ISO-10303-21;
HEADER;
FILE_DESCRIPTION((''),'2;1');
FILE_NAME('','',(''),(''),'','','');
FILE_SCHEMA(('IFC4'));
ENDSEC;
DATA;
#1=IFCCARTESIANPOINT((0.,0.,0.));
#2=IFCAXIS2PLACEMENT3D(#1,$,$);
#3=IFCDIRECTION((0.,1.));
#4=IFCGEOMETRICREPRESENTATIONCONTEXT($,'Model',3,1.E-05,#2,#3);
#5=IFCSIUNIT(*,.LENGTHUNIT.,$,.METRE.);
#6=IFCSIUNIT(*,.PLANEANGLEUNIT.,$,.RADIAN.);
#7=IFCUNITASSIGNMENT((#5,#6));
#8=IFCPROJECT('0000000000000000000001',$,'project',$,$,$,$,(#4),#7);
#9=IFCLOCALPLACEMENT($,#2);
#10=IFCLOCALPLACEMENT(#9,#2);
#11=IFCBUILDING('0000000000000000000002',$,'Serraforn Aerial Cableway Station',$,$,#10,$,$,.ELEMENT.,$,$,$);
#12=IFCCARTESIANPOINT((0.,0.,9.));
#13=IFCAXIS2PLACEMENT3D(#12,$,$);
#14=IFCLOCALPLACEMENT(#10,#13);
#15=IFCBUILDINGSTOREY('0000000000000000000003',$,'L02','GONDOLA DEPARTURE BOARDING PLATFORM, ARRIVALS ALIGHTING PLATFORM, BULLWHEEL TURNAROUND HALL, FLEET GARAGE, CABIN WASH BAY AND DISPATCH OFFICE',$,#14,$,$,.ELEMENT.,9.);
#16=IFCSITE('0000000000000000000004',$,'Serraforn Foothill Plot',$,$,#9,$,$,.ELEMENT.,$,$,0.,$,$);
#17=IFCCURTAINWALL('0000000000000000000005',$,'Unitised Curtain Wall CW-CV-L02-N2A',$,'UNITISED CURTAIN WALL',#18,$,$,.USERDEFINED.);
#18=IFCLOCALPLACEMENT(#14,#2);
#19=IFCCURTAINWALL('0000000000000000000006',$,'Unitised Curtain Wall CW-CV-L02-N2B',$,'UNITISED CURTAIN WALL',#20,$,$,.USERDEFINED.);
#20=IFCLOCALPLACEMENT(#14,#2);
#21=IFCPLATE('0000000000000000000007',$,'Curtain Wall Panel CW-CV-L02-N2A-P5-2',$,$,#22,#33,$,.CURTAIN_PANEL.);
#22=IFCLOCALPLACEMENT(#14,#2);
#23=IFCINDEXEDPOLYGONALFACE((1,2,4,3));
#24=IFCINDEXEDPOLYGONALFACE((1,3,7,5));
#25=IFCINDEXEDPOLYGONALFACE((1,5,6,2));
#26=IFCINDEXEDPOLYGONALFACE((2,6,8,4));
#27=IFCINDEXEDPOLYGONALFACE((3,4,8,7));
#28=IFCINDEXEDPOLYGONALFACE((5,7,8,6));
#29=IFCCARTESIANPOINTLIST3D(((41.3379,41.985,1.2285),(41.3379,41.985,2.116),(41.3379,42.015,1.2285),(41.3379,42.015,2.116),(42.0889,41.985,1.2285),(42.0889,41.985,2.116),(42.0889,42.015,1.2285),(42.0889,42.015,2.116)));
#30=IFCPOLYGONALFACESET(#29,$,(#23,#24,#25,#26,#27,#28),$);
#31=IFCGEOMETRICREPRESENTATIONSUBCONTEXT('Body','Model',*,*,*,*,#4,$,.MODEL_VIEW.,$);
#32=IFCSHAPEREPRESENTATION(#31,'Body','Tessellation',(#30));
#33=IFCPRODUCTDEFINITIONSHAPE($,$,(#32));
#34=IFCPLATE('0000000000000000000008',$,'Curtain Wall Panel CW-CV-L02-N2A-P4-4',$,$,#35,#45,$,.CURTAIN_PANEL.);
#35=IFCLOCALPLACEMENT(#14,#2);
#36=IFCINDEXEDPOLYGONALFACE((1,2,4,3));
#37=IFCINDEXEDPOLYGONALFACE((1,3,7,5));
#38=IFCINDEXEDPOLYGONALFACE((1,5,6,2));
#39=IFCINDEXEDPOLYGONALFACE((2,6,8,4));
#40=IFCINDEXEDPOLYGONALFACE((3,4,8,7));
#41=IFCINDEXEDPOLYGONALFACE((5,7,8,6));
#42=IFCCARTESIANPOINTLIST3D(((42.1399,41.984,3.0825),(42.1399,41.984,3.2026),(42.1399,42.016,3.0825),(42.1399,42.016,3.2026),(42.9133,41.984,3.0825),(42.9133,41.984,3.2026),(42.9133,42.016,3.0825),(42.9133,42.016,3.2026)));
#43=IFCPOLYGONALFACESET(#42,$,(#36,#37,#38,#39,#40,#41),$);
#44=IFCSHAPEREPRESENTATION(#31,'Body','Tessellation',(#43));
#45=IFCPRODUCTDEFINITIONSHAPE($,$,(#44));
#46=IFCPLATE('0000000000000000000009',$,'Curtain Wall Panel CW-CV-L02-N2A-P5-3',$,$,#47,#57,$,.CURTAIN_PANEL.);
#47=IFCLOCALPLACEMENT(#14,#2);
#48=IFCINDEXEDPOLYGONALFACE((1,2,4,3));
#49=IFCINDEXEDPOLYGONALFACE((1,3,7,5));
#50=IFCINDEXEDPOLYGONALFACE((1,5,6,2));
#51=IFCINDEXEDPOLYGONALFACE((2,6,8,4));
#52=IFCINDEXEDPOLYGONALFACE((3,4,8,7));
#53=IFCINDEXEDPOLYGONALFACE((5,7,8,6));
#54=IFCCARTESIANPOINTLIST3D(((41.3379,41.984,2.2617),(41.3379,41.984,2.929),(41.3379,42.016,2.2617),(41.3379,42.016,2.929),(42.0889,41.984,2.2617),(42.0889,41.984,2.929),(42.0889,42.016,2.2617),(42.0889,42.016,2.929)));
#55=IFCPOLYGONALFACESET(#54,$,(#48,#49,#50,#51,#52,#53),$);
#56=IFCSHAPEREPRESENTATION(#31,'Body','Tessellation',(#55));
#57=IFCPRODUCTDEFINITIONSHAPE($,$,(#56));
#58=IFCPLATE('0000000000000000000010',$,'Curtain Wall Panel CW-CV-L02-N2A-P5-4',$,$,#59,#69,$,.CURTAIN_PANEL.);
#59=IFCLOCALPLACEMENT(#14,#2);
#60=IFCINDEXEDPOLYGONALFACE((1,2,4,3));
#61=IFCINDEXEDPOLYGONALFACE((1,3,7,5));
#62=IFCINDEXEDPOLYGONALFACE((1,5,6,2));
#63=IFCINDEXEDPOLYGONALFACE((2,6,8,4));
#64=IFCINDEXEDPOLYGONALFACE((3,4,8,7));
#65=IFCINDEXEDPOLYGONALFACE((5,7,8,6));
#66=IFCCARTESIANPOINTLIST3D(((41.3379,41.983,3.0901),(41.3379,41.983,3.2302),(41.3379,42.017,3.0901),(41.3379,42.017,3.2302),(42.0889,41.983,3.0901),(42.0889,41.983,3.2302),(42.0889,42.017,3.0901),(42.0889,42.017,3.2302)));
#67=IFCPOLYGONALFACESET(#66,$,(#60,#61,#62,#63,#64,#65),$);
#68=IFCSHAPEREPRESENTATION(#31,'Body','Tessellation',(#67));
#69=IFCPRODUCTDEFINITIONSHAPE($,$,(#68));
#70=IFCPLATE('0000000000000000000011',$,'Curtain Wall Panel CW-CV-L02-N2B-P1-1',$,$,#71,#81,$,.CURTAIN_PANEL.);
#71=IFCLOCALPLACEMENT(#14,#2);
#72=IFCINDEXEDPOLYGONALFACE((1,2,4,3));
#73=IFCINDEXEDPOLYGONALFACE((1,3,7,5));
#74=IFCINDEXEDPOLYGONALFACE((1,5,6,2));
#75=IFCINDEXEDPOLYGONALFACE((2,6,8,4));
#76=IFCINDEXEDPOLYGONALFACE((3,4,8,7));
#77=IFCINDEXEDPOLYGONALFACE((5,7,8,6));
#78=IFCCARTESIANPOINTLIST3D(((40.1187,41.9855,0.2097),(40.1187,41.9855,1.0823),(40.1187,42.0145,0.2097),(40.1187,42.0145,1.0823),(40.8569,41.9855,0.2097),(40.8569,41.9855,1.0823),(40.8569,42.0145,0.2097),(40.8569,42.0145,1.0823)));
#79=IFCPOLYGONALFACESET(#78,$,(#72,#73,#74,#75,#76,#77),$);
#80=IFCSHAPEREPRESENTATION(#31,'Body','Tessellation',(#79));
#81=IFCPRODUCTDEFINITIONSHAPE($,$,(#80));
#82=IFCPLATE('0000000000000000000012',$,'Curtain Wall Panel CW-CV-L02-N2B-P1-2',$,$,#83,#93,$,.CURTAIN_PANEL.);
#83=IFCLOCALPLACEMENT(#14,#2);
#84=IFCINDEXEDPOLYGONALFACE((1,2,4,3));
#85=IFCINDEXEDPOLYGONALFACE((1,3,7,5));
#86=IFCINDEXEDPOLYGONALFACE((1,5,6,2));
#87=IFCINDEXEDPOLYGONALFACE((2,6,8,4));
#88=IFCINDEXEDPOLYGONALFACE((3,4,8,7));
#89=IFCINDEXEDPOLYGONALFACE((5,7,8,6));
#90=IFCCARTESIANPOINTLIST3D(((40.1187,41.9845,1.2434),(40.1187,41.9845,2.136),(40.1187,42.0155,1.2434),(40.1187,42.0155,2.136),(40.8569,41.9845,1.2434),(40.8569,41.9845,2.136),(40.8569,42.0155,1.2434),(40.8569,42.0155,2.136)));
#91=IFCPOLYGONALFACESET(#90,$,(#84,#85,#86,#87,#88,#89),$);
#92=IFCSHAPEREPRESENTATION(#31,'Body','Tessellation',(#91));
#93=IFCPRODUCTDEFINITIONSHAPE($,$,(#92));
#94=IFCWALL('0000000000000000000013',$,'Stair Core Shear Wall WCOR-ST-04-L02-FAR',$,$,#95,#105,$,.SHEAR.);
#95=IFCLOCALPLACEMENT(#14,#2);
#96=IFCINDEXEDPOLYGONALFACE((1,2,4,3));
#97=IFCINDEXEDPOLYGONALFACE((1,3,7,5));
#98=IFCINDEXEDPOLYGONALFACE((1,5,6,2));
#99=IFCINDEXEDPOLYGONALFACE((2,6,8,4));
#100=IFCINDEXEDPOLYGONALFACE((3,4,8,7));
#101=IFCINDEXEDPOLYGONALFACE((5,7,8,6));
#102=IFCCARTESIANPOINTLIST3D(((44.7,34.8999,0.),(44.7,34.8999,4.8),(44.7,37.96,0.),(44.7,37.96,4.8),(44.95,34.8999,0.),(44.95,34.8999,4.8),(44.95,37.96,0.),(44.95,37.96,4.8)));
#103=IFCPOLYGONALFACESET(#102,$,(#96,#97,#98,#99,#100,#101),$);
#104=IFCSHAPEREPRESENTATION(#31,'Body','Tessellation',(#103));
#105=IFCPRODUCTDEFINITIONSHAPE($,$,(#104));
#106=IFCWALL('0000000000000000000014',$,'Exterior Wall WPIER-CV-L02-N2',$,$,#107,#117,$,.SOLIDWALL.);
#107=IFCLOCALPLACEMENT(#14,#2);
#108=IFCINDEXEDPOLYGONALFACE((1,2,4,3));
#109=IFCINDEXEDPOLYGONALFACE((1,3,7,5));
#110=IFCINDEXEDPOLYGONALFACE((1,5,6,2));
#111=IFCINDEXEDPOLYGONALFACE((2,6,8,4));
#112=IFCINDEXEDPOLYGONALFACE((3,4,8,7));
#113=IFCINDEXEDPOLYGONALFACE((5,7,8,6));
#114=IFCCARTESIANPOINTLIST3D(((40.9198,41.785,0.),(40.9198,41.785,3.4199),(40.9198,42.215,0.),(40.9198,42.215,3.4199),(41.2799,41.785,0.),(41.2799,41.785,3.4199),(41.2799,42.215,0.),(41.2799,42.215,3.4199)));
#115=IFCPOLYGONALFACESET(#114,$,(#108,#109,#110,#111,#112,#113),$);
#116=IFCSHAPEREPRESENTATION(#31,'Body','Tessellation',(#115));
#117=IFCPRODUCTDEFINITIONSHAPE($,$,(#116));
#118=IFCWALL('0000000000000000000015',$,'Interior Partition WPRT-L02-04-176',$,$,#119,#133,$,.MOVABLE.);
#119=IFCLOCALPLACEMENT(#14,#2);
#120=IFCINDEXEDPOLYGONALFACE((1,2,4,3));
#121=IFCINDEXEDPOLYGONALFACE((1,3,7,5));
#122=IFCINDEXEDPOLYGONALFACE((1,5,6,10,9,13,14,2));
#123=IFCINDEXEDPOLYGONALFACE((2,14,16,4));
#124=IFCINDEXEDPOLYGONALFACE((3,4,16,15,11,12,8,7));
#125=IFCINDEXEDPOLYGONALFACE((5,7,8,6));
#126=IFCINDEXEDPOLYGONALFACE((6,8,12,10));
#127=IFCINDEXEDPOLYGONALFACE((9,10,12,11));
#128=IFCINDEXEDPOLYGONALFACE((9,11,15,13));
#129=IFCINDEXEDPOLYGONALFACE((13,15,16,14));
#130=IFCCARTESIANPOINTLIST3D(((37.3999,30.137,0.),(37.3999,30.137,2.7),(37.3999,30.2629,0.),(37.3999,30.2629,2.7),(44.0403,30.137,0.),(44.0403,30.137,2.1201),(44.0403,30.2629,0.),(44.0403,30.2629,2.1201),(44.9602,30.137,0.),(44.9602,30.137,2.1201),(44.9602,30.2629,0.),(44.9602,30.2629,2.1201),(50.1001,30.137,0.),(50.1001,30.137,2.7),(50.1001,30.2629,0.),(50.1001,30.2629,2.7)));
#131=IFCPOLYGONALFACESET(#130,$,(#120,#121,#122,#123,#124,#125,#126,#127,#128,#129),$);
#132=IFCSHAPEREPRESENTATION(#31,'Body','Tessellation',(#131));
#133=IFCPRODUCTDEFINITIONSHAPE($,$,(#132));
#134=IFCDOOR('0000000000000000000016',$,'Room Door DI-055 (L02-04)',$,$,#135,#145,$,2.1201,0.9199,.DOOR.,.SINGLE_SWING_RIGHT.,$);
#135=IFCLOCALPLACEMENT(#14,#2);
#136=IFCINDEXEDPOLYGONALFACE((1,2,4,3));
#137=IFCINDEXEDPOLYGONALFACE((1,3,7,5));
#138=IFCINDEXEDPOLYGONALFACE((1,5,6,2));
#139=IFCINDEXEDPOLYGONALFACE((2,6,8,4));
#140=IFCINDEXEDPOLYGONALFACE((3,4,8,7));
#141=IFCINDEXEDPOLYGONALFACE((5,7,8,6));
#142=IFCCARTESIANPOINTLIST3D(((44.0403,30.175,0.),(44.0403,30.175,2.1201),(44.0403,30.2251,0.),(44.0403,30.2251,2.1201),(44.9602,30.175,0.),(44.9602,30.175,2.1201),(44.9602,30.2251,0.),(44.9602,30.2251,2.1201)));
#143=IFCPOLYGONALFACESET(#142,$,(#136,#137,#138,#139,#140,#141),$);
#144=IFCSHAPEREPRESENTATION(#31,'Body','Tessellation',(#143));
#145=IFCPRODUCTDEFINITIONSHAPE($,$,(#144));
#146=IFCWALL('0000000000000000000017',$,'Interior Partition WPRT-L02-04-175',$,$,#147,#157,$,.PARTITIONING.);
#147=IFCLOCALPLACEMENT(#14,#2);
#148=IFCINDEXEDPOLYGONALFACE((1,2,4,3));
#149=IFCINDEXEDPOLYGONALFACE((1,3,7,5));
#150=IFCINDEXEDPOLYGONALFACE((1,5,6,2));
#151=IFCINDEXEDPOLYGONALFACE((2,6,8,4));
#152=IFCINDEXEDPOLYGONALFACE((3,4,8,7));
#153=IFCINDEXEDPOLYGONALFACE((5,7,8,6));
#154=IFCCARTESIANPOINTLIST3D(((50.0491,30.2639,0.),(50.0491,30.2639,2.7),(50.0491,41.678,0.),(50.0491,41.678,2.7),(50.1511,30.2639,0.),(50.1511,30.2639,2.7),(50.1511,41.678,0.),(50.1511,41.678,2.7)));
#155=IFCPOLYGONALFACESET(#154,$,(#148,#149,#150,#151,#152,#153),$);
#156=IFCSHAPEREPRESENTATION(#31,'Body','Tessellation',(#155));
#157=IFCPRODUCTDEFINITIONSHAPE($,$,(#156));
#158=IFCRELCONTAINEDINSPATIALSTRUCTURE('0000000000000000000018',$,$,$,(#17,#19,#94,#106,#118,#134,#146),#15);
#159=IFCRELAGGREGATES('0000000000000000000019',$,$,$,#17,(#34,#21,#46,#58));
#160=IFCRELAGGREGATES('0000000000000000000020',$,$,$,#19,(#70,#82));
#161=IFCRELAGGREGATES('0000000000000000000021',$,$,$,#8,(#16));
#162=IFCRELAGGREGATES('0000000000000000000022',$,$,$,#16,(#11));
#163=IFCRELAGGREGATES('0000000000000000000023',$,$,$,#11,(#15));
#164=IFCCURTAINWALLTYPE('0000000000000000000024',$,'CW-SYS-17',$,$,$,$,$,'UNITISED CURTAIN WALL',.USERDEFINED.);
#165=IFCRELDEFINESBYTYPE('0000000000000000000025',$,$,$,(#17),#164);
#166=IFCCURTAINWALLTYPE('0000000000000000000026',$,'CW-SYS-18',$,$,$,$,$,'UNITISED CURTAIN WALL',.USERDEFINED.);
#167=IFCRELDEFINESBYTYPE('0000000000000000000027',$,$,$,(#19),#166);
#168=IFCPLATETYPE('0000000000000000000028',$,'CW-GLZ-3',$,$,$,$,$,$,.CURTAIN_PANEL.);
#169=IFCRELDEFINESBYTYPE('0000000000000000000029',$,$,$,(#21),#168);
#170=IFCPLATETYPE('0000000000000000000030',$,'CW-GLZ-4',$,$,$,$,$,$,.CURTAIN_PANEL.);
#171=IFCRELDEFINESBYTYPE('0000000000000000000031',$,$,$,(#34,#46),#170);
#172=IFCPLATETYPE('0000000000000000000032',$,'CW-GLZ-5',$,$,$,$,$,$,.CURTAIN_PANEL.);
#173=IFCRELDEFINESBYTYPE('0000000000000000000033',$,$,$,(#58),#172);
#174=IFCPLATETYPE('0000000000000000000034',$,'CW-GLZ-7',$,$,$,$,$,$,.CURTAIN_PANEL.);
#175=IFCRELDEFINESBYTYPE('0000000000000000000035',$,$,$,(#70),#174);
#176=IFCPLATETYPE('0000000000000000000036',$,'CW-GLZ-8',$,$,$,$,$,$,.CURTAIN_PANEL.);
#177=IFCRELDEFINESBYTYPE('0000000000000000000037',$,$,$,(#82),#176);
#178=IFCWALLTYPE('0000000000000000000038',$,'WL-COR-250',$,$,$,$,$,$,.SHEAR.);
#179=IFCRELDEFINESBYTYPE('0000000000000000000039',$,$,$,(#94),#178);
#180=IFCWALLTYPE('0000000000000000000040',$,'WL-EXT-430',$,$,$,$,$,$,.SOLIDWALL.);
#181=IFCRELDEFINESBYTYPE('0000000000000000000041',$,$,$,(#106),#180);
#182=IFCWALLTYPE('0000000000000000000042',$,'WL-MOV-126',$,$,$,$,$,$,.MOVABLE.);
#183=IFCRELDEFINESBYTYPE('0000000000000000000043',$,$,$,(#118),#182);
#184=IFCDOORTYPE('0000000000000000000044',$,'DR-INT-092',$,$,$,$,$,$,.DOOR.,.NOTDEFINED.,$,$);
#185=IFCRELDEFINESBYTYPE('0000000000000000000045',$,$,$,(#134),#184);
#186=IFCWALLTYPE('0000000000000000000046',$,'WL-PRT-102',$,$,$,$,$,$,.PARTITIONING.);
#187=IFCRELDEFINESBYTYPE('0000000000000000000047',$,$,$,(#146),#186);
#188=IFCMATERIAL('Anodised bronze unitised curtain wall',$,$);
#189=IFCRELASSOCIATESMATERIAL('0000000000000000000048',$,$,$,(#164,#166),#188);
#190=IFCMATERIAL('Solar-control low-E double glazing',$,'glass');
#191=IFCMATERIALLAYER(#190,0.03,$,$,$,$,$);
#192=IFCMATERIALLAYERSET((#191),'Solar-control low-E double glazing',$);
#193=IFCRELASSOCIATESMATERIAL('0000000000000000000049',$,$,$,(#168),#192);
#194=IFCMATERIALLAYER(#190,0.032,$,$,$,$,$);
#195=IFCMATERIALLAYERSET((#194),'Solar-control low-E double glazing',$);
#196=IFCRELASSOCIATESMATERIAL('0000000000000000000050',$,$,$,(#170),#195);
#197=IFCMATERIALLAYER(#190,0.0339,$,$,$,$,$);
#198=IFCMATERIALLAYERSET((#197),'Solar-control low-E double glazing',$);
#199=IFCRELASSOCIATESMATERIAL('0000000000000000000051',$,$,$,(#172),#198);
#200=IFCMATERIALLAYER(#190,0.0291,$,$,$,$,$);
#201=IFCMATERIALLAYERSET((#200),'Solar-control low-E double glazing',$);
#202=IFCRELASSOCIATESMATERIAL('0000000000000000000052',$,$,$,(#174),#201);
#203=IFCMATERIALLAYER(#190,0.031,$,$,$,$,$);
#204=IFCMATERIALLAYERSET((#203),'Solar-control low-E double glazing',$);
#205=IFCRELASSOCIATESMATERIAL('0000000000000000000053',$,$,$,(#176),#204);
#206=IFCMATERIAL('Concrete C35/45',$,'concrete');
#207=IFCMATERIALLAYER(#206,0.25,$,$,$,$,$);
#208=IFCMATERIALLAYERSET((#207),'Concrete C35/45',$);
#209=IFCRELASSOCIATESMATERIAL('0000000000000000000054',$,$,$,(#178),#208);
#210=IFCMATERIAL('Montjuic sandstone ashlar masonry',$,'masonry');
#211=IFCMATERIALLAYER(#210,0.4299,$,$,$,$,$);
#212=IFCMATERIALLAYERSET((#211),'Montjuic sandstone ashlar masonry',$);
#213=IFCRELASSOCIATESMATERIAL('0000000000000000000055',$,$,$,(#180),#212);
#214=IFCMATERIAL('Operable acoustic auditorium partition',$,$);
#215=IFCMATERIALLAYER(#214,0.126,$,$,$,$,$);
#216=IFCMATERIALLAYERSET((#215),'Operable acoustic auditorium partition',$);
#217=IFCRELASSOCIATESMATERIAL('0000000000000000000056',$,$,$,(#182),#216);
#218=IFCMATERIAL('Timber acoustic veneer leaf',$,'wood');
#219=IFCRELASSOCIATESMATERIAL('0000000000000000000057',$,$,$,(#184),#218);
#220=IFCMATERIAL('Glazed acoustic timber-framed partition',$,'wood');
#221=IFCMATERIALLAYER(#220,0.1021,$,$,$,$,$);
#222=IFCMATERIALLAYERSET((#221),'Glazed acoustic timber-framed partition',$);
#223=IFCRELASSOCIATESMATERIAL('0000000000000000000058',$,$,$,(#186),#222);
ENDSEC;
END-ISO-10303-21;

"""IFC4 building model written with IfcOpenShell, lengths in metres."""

from ifc_helpers import new_model, si_unit, direction, frame, frame_2d, origin, origin_2d, place, context, subcontext, project, spatial, rectangle, extrude, material, layer, layer_set, type_object, element, fill, aggregate, save


model = new_model("IFC4")

# Units and contexts
model_context = context("Model", 3, precision=1e-05, world=origin(), true_north=direction((0.0, 1.0)))
body_context = subcontext(model_context, "Body", "Model", "MODEL_VIEW")
ifc_project = project(units=[si_unit("LENGTHUNIT", "METRE"), si_unit("PLANEANGLEUNIT", "RADIAN")], contexts=[model_context])

# Site, building, storey
site_placement = place(None, origin())
site = spatial("IfcSite", under=ifc_project, at=site_placement, Name="Serraforn Foothill Plot", CompositionType="ELEMENT", RefElevation=0.0)
building_placement = place(site_placement, origin())
building = spatial("IfcBuilding", under=site, at=building_placement, Name="Serraforn Aerial Cableway Station", CompositionType="ELEMENT")
storey_placement = place(building_placement, frame((0.0, 0.0, 9.0)))
storey = spatial("IfcBuildingStorey", under=building, at=storey_placement, Name="L02", Description="GONDOLA DEPARTURE BOARDING PLATFORM, ARRIVALS ALIGHTING PLATFORM, BULLWHEEL TURNAROUND HALL, FLEET GARAGE, CABIN WASH BAY AND DISPATCH OFFICE", CompositionType="ELEMENT", Elevation=9.0)

# Shared definitions
ifc_material_1 = material(Name="Concrete C35/45", Category="concrete")

# Curtain wall
ifc_material_2 = material(Name="Anodised bronze unitised curtain wall")
curtain_wall_type_1 = type_object("IfcCurtainWallType", Name="CW-SYS-17", ElementType="UNITISED CURTAIN WALL", PredefinedType="USERDEFINED", material=ifc_material_2)
curtain_wall_1_placement = place(storey_placement, origin())
curtain_wall_1 = element("IfcCurtainWall", 1, at=curtain_wall_1_placement, inside=storey, type_object=curtain_wall_type_1, Name="Unitised Curtain Wall CW-CV-L02-N2A", ObjectType="UNITISED CURTAIN WALL", PredefinedType="USERDEFINED")

# Curtain wall
curtain_wall_type_2 = type_object("IfcCurtainWallType", Name="CW-SYS-18", ElementType="UNITISED CURTAIN WALL", PredefinedType="USERDEFINED", material=ifc_material_2)
curtain_wall_2_placement = place(storey_placement, origin())
curtain_wall_2 = element("IfcCurtainWall", 2, at=curtain_wall_2_placement, inside=storey, type_object=curtain_wall_type_2, Name="Unitised Curtain Wall CW-CV-L02-N2B", ObjectType="UNITISED CURTAIN WALL", PredefinedType="USERDEFINED")

# Plates
ifc_material_3 = material(Name="Solar-control low-E double glazing", Category="glass")
ifc_layer_1 = layer(ifc_material_3, 0.03)
ifc_layer_set_1 = layer_set([ifc_layer_1], Name="Solar-control low-E double glazing")
plate_type_1 = type_object("IfcPlateType", Name="CW-GLZ-3", PredefinedType="CURTAIN_PANEL", material=ifc_layer_set_1)
plate_1_placement = place(storey_placement, frame((41.7134, 42.0, 1.2285), z_axis=(0.0, 0.0, 1.0), x_axis=(1.0, 0.0, 0.0)))
plate_1 = element("IfcPlate", 3, at=plate_1_placement, type_object=plate_type_1, Name="Curtain Wall Panel CW-CV-L02-N2A-P5-2", PredefinedType="CURTAIN_PANEL", context=body_context, shape_type="SweptSolid", body=[
    extrude(rectangle(XDim=0.751, YDim=0.03, at=origin_2d()), origin(), (0.0, 0.0, 1.0), 0.8875),
])
ifc_layer_2 = layer(ifc_material_3, 0.032)
ifc_layer_set_2 = layer_set([ifc_layer_2], Name="Solar-control low-E double glazing")
plate_type_2 = type_object("IfcPlateType", Name="CW-GLZ-4", PredefinedType="CURTAIN_PANEL", material=ifc_layer_set_2)
plate_2_placement = place(storey_placement, frame((42.5266, 42.0, 3.0825), z_axis=(0.0, 0.0, 1.0), x_axis=(1.0, 0.0, 0.0)))
plate_2 = element("IfcPlate", 4, at=plate_2_placement, type_object=plate_type_2, Name="Curtain Wall Panel CW-CV-L02-N2A-P4-4", PredefinedType="CURTAIN_PANEL", context=body_context, shape_type="SweptSolid", body=[
    extrude(rectangle(XDim=0.7734, YDim=0.032, at=origin_2d()), origin(), (0.0, 0.0, 1.0), 0.1201),
])
plate_3_placement = place(storey_placement, frame((41.7134, 42.0, 2.2617), z_axis=(0.0, 0.0, 1.0), x_axis=(1.0, 0.0, 0.0)))
plate_3 = element("IfcPlate", 5, at=plate_3_placement, type_object=plate_type_2, Name="Curtain Wall Panel CW-CV-L02-N2A-P5-3", PredefinedType="CURTAIN_PANEL", context=body_context, shape_type="SweptSolid", body=[
    extrude(rectangle(XDim=0.751, YDim=0.032, at=origin_2d()), origin(), (0.0, 0.0, 1.0), 0.6672),
])
ifc_layer_3 = layer(ifc_material_3, 0.0339)
ifc_layer_set_3 = layer_set([ifc_layer_3], Name="Solar-control low-E double glazing")
plate_type_3 = type_object("IfcPlateType", Name="CW-GLZ-5", PredefinedType="CURTAIN_PANEL", material=ifc_layer_set_3)
plate_4_placement = place(storey_placement, frame((41.7134, 42.0, 3.0901), z_axis=(0.0, 0.0, 1.0), x_axis=(1.0, 0.0, 0.0)))
plate_4 = element("IfcPlate", 6, at=plate_4_placement, type_object=plate_type_3, Name="Curtain Wall Panel CW-CV-L02-N2A-P5-4", PredefinedType="CURTAIN_PANEL", context=body_context, shape_type="SweptSolid", body=[
    extrude(rectangle(XDim=0.751, YDim=0.0339, at=origin_2d()), origin(), (0.0, 0.0, 1.0), 0.1401),
])
aggregate(curtain_wall_1, [plate_2, plate_1, plate_3, plate_4])
ifc_layer_4 = layer(ifc_material_3, 0.0291)
ifc_layer_set_4 = layer_set([ifc_layer_4], Name="Solar-control low-E double glazing")
plate_type_4 = type_object("IfcPlateType", Name="CW-GLZ-7", PredefinedType="CURTAIN_PANEL", material=ifc_layer_set_4)
plate_5_placement = place(storey_placement, frame((40.4878, 42.0, 0.2097), z_axis=(0.0, 0.0, 1.0), x_axis=(1.0, 0.0, 0.0)))
plate_5 = element("IfcPlate", 7, at=plate_5_placement, type_object=plate_type_4, Name="Curtain Wall Panel CW-CV-L02-N2B-P1-1", PredefinedType="CURTAIN_PANEL", context=body_context, shape_type="SweptSolid", body=[
    extrude(rectangle(XDim=0.7383, YDim=0.0291, at=origin_2d()), origin(), (0.0, 0.0, 1.0), 0.8726),
])
ifc_layer_5 = layer(ifc_material_3, 0.031)
ifc_layer_set_5 = layer_set([ifc_layer_5], Name="Solar-control low-E double glazing")
plate_type_5 = type_object("IfcPlateType", Name="CW-GLZ-8", PredefinedType="CURTAIN_PANEL", material=ifc_layer_set_5)
plate_6_placement = place(storey_placement, frame((40.4878, 42.0, 1.2434), z_axis=(0.0, 0.0, 1.0), x_axis=(1.0, 0.0, 0.0)))
plate_6 = element("IfcPlate", 8, at=plate_6_placement, type_object=plate_type_5, Name="Curtain Wall Panel CW-CV-L02-N2B-P1-2", PredefinedType="CURTAIN_PANEL", context=body_context, shape_type="SweptSolid", body=[
    extrude(rectangle(XDim=0.7383, YDim=0.031, at=origin_2d()), origin(), (0.0, 0.0, 1.0), 0.8926),
])
aggregate(curtain_wall_2, [plate_5, plate_6])

# Walls
ifc_layer_6 = layer(ifc_material_1, 0.25)
ifc_layer_set_6 = layer_set([ifc_layer_6], Name="Concrete C35/45")
wall_type_1 = type_object("IfcWallType", Name="WL-COR-250", PredefinedType="SHEAR", material=ifc_layer_set_6)
wall_1_placement = place(storey_placement, frame((44.825, 34.8999, 0.0), z_axis=(0.0, 0.0, 1.0), x_axis=(0.0, 1.0, 0.0)))
element("IfcWall", 9, at=wall_1_placement, inside=storey, type_object=wall_type_1, Name="Stair Core Shear Wall WCOR-ST-04-L02-FAR", PredefinedType="SHEAR", context=body_context, shape_type="SweptSolid", body=[
    extrude(rectangle(XDim=3.0601, YDim=0.25, at=frame_2d((1.53, 0.0))), origin(), (0.0, 0.0, 1.0), 4.8),
])
ifc_material_4 = material(Name="Montjuic sandstone ashlar masonry", Category="masonry")
ifc_layer_7 = layer(ifc_material_4, 0.4299)
ifc_layer_set_7 = layer_set([ifc_layer_7], Name="Montjuic sandstone ashlar masonry")
wall_type_2 = type_object("IfcWallType", Name="WL-EXT-430", PredefinedType="SOLIDWALL", material=ifc_layer_set_7)
wall_2_placement = place(storey_placement, frame((41.28, 42.0, 0.0), z_axis=(0.0, 0.0, 1.0), x_axis=(-1.0, 0.0, 0.0)))
element("IfcWall", 10, at=wall_2_placement, inside=storey, type_object=wall_type_2, Name="Exterior Wall WPIER-CV-L02-N2", PredefinedType="SOLIDWALL", context=body_context, shape_type="SweptSolid", body=[
    extrude(rectangle(XDim=0.3601, YDim=0.4299, at=frame_2d((0.1802, 0.0))), origin(), (0.0, 0.0, 1.0), 3.4199),
])

# Wall, opening, door
ifc_material_5 = material(Name="Operable acoustic auditorium partition")
ifc_layer_8 = layer(ifc_material_5, 0.126)
ifc_layer_set_8 = layer_set([ifc_layer_8], Name="Operable acoustic auditorium partition")
wall_type_3 = type_object("IfcWallType", Name="WL-MOV-126", PredefinedType="MOVABLE", material=ifc_layer_set_8)
wall_3_placement = place(storey_placement, frame((50.1001, 30.2, 0.0), z_axis=(0.0, 0.0, 1.0), x_axis=(-1.0, 0.0, 0.0)))
wall_3 = element("IfcWall", 11, at=wall_3_placement, inside=storey, type_object=wall_type_3, Name="Interior Partition WPRT-L02-04-176", PredefinedType="MOVABLE", context=body_context, shape_type="SweptSolid", body=[
    extrude(rectangle(XDim=12.7002, YDim=0.126, at=frame_2d((6.3501, 0.0))), origin(), (0.0, 0.0, 1.0), 2.7),
])
opening_placement = place(wall_3_placement, frame((5.1399, 0.0, 0.0)))
opening = element("IfcOpeningElement", 12, at=opening_placement, cuts=wall_3, PredefinedType="OPENING", context=body_context, shape_type="SweptSolid", body=[
    extrude(rectangle(XDim=0.9199, YDim=2.1201, at=frame_2d((0.46, 1.0601))), frame((0.0, 0.073, 0.0), z_axis=(0.0, -1.0, 0.0), x_axis=(1.0, 0.0, 0.0)), (0.0, 0.0, 1.0), 0.146),
])
ifc_material_6 = material(Name="Timber acoustic veneer leaf", Category="wood")
door_type = type_object("IfcDoorType", Name="DR-INT-092", OperationType="NOTDEFINED", PredefinedType="DOOR", material=ifc_material_6)
door_placement = place(opening_placement, origin())
door = element("IfcDoor", 13, at=door_placement, inside=storey, type_object=door_type, Name="Room Door DI-055 (L02-04)", OperationType="SINGLE_SWING_RIGHT", OverallHeight=2.1201, OverallWidth=0.9199, PredefinedType="DOOR", context=body_context, shape_type="SweptSolid", body=[
    extrude(rectangle(XDim=0.9199, YDim=2.1201, at=frame_2d((0.46, 1.0601))), frame((0.0, 0.0249, 0.0), z_axis=(0.0, -1.0, 0.0), x_axis=(1.0, 0.0, 0.0)), (0.0, 0.0, 1.0), 0.05),
])
fill(opening, door)

# Wall
ifc_material_7 = material(Name="Glazed acoustic timber-framed partition", Category="wood")
ifc_layer_9 = layer(ifc_material_7, 0.1021)
ifc_layer_set_9 = layer_set([ifc_layer_9], Name="Glazed acoustic timber-framed partition")
wall_type_4 = type_object("IfcWallType", Name="WL-PRT-102", PredefinedType="PARTITIONING", material=ifc_layer_set_9)
wall_4_placement = place(storey_placement, frame((50.1001, 41.678, 0.0), z_axis=(0.0, 0.0, 1.0), x_axis=(0.0, -1.0, 0.0)))
element("IfcWall", 14, at=wall_4_placement, inside=storey, type_object=wall_type_4, Name="Interior Partition WPRT-L02-04-175", PredefinedType="PARTITIONING", context=body_context, shape_type="SweptSolid", body=[
    extrude(rectangle(XDim=11.4141, YDim=0.1021, at=frame_2d((5.707, 0.0))), origin(), (0.0, 0.0, 1.0), 2.7),
])

save(model, "model.ifc")
